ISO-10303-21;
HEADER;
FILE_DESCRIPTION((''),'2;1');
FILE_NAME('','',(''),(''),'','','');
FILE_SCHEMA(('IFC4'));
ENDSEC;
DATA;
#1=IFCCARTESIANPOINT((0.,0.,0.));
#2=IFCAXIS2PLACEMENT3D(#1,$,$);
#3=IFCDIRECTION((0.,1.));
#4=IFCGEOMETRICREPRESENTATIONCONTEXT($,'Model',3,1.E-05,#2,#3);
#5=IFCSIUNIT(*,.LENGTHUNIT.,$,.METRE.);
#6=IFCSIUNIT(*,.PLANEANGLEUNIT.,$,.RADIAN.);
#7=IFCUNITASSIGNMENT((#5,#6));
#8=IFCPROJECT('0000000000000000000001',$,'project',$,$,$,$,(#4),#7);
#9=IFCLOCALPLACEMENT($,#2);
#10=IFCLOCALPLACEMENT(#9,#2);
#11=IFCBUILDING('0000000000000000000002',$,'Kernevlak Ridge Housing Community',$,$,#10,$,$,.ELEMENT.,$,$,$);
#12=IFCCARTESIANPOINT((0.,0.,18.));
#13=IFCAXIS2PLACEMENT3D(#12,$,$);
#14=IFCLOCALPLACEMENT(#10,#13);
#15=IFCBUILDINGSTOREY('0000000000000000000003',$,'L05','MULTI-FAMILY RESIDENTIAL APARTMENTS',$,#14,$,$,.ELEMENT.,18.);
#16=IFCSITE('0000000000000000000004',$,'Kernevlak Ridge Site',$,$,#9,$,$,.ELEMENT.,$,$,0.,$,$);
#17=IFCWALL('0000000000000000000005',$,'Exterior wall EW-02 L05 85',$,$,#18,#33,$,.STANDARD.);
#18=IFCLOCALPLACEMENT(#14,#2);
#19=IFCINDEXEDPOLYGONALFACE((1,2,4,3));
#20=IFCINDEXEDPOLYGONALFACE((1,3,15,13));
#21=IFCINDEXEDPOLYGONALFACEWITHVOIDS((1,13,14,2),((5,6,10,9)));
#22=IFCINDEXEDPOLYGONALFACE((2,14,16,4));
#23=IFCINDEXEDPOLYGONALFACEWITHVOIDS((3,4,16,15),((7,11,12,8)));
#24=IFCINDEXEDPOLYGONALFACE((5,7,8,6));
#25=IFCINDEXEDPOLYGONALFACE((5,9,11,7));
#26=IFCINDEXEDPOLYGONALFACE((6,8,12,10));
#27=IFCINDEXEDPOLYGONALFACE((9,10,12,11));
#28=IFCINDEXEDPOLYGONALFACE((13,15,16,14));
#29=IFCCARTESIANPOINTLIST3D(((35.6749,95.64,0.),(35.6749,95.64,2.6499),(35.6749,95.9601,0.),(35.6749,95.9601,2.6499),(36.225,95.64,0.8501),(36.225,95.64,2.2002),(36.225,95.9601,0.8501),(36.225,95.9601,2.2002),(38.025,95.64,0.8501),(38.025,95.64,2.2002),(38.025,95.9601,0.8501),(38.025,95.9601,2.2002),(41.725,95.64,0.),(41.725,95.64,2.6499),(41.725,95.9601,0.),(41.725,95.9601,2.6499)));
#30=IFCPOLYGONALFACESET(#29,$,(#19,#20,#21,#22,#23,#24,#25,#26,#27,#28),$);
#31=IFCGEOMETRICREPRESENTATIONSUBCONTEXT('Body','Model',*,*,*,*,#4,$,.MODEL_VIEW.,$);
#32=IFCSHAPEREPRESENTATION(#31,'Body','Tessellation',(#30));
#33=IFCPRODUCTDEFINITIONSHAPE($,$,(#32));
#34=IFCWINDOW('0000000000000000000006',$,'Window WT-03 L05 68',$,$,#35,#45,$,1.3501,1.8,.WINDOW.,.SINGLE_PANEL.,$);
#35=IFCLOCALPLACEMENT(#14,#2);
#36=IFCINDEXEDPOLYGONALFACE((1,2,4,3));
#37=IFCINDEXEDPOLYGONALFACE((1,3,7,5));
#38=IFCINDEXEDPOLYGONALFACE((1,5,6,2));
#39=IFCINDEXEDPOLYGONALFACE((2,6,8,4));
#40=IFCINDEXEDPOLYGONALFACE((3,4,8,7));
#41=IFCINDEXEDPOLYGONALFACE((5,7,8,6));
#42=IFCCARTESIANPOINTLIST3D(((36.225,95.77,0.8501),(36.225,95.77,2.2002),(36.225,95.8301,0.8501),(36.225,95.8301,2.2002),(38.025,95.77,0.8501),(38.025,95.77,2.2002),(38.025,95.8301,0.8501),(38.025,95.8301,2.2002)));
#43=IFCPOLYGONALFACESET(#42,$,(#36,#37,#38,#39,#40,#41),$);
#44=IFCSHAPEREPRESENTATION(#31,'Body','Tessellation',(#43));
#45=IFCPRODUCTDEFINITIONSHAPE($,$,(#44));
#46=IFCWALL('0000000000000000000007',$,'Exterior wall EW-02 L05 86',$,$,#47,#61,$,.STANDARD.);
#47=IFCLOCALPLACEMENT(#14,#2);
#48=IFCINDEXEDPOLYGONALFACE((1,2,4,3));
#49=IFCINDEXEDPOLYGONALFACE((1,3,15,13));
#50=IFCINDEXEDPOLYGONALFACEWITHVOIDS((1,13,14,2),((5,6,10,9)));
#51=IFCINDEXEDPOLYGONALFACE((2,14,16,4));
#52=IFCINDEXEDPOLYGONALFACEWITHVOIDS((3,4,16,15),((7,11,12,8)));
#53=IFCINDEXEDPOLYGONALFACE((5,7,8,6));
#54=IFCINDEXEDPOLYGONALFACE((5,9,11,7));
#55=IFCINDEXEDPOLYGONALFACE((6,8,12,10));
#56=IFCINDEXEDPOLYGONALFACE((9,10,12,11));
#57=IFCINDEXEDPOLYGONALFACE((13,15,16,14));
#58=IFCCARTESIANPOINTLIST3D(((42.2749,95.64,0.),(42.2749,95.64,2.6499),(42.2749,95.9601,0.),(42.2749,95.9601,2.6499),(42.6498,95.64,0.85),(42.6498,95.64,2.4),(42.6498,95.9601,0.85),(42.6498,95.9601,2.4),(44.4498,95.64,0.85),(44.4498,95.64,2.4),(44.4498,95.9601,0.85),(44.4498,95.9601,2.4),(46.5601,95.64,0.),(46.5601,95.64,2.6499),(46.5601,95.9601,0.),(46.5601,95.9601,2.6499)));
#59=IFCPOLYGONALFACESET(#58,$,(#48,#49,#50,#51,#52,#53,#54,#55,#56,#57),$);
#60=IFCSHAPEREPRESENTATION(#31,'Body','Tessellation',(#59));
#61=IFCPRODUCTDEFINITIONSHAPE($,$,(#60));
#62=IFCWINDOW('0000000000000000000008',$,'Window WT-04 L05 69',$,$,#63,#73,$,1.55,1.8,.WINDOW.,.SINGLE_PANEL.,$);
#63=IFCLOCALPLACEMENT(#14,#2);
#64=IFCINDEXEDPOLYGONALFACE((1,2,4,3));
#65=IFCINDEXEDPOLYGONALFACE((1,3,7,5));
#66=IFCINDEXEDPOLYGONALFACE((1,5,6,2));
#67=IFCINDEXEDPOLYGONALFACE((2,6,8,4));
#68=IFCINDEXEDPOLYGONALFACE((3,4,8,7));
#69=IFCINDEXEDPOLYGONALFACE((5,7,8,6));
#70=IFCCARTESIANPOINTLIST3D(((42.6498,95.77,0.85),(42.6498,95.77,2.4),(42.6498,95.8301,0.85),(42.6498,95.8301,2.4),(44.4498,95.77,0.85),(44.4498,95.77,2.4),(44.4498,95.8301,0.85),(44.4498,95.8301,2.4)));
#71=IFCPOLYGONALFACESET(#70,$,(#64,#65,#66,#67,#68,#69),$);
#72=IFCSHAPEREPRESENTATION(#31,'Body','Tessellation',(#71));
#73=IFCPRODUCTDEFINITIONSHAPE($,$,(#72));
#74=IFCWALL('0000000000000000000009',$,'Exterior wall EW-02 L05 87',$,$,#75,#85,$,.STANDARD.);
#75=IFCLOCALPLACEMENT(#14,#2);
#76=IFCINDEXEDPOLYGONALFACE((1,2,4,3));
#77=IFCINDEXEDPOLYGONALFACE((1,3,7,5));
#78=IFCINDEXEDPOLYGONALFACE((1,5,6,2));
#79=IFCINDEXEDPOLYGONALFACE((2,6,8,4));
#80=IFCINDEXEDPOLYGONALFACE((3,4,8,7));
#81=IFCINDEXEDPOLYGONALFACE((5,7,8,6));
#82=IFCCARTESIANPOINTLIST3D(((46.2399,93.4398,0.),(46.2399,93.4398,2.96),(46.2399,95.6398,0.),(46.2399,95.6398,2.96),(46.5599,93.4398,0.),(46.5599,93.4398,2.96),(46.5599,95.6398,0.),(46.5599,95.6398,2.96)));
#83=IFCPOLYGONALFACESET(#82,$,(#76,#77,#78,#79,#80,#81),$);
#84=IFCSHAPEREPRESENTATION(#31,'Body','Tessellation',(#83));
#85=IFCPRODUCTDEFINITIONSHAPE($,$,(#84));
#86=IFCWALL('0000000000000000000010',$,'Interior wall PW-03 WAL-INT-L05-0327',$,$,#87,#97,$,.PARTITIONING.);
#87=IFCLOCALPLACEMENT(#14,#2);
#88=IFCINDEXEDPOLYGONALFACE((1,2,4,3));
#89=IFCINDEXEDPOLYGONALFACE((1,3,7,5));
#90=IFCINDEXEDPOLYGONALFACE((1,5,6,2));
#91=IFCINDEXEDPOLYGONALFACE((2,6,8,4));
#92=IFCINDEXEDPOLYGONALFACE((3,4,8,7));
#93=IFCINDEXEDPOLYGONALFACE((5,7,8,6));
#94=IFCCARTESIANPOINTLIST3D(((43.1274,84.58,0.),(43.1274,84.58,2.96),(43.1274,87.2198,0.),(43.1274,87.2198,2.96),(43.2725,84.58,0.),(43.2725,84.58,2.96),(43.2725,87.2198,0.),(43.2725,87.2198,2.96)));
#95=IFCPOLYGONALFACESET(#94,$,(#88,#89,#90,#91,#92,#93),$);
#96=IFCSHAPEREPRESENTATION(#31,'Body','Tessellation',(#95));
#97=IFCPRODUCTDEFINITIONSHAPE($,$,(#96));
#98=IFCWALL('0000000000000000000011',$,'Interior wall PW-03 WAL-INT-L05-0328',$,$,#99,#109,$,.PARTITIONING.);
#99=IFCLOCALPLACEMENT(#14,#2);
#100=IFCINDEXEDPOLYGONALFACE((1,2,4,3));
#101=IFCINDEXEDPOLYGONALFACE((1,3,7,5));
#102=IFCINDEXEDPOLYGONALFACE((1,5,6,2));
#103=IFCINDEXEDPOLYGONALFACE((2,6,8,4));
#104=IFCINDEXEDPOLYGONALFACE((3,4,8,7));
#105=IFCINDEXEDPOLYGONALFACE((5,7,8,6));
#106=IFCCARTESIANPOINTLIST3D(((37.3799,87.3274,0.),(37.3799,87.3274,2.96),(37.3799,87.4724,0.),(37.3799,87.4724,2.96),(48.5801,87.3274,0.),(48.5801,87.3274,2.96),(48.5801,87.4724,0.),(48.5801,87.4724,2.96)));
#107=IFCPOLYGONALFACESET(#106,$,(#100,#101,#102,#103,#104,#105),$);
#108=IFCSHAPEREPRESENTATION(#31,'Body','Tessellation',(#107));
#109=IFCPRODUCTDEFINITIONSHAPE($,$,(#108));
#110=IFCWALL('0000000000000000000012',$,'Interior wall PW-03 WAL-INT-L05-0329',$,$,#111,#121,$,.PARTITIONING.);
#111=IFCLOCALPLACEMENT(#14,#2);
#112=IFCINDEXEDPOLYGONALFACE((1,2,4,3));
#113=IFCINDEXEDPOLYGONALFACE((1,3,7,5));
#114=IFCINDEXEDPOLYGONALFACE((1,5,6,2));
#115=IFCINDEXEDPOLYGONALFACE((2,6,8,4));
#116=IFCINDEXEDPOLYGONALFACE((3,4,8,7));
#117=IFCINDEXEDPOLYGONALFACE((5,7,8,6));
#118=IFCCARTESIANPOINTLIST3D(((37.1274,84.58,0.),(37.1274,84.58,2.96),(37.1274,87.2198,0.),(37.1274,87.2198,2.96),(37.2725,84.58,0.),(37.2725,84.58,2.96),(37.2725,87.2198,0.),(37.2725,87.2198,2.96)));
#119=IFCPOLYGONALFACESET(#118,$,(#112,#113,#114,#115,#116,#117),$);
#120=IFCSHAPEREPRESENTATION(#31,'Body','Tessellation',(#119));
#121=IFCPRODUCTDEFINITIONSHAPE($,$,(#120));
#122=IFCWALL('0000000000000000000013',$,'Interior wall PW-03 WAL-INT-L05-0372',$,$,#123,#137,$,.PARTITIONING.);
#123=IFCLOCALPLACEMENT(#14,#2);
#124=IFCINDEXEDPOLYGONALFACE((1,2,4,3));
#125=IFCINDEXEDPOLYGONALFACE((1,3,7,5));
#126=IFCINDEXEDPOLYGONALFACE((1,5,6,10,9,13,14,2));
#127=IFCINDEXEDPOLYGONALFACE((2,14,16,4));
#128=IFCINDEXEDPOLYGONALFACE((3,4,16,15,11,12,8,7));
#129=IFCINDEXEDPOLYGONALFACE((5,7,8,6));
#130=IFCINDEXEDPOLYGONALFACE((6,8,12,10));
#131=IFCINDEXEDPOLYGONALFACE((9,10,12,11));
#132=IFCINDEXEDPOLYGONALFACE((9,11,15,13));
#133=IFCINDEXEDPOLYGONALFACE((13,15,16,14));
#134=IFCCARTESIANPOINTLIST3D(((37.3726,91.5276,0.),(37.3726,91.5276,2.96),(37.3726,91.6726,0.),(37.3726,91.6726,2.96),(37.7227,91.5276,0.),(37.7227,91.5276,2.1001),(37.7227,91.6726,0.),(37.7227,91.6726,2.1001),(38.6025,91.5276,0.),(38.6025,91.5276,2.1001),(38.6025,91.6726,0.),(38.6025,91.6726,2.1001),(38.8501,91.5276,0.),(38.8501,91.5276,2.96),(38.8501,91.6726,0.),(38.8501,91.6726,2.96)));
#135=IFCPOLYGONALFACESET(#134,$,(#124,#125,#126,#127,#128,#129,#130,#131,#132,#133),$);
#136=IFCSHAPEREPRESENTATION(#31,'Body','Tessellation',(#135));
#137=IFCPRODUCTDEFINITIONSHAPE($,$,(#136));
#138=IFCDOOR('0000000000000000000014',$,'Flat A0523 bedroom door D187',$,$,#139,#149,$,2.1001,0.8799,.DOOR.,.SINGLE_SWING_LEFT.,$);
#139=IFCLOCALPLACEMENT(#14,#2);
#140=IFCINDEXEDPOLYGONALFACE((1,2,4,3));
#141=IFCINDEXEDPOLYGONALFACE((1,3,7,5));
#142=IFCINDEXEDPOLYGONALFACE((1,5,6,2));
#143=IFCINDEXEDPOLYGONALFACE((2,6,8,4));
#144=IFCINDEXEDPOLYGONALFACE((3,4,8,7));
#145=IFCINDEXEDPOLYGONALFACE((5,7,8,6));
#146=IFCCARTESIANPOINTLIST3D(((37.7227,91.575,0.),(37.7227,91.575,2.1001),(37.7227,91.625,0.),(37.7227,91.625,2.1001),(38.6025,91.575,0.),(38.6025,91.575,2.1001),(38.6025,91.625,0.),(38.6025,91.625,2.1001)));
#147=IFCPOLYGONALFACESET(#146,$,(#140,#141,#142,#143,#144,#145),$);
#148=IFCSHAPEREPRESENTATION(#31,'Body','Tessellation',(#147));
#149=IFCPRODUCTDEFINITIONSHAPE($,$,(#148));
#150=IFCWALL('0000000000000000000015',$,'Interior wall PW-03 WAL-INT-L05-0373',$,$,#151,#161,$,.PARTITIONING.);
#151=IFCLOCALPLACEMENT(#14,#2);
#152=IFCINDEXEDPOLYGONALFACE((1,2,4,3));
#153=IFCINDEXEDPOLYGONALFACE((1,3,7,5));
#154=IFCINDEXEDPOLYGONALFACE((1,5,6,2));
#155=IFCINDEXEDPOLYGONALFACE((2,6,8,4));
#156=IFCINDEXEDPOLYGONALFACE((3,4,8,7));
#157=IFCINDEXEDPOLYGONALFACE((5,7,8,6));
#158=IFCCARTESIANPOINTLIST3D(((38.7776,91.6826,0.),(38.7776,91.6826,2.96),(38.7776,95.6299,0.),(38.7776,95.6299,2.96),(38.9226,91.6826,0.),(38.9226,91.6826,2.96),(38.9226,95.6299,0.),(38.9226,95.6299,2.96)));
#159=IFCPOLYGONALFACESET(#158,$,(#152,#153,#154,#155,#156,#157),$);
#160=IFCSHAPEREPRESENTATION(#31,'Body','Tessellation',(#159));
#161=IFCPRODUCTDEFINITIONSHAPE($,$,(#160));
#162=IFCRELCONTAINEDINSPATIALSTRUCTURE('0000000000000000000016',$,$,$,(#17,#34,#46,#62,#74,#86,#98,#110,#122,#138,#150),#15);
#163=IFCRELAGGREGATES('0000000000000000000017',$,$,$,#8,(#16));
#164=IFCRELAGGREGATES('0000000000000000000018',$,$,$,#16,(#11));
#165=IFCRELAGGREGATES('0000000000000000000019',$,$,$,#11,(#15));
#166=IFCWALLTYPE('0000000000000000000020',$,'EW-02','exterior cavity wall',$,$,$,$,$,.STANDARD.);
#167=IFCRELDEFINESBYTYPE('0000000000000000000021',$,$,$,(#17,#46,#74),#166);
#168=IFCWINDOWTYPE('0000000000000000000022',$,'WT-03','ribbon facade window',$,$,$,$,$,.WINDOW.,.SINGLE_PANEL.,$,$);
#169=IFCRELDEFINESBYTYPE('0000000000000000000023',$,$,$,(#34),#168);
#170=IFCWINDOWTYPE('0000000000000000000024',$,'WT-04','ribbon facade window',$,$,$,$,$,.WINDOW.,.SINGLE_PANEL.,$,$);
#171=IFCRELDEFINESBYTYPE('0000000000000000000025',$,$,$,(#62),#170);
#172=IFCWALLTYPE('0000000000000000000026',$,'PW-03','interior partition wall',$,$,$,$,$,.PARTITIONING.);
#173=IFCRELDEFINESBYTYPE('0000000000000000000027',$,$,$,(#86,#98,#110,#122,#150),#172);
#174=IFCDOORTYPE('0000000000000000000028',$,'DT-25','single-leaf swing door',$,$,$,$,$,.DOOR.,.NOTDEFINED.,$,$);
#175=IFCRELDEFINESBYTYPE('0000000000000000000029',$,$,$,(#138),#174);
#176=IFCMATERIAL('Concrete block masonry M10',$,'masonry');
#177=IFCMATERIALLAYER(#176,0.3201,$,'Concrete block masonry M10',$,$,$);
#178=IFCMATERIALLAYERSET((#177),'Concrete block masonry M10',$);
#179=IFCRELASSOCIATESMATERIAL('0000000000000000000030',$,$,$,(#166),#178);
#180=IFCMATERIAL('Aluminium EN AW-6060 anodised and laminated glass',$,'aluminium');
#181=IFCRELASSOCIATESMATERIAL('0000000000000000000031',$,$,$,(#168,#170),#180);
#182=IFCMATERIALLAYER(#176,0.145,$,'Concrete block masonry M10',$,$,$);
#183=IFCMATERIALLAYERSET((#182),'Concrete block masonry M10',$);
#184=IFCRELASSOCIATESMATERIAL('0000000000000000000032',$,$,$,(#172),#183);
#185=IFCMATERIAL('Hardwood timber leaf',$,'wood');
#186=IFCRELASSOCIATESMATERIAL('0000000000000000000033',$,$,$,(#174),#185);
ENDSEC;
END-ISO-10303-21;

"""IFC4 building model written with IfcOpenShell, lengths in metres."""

from ifc_helpers import new_model, si_unit, direction, frame, frame_2d, origin, place, context, subcontext, project, spatial, rectangle, extrude, material, layer, layer_set, type_object, element, fill, save


model = new_model("IFC4")

# Units and contexts
model_context = context("Model", 3, precision=1e-05, world=origin(), true_north=direction((0.0, 1.0)))
body_context = subcontext(model_context, "Body", "Model", "MODEL_VIEW")
ifc_project = project(units=[si_unit("LENGTHUNIT", "METRE"), si_unit("PLANEANGLEUNIT", "RADIAN")], contexts=[model_context])

# Site, building, storey
site_placement = place(None, origin())
site = spatial("IfcSite", under=ifc_project, at=site_placement, Name="Kernevlak Ridge Site", CompositionType="ELEMENT", RefElevation=0.0)
building_placement = place(site_placement, origin())
building = spatial("IfcBuilding", under=site, at=building_placement, Name="Kernevlak Ridge Housing Community", CompositionType="ELEMENT")
storey_placement = place(building_placement, frame((0.0, 0.0, 18.0)))
storey = spatial("IfcBuildingStorey", under=building, at=storey_placement, Name="L05", Description="MULTI-FAMILY RESIDENTIAL APARTMENTS", CompositionType="ELEMENT", Elevation=18.0)

# Shared definitions
ifc_material_1 = material(Name="Aluminium EN AW-6060 anodised and laminated glass", Category="aluminium")

# Walls, openings, windows
ifc_material_2 = material(Name="Concrete block masonry M10", Category="masonry")
ifc_layer_1 = layer(ifc_material_2, 0.3201, Name="Concrete block masonry M10")
ifc_layer_set_1 = layer_set([ifc_layer_1], Name="Concrete block masonry M10")
wall_type_1 = type_object("IfcWallType", Name="EW-02", Description="exterior cavity wall", PredefinedType="STANDARD", material=ifc_layer_set_1)
wall_1_placement = place(storey_placement, frame((35.675, 95.8, 0.0), z_axis=(0.0, 0.0, 1.0), x_axis=(1.0, 0.0, 0.0)))
wall_1 = element("IfcWall", 1, at=wall_1_placement, inside=storey, type_object=wall_type_1, Name="Exterior wall EW-02 L05 85", PredefinedType="STANDARD", context=body_context, shape_type="SweptSolid", body=[
    extrude(rectangle(XDim=6.05, YDim=0.3201, at=frame_2d((3.0249, 0.0))), origin(), (0.0, 0.0, 1.0), 2.6499),
])
opening_1_placement = place(wall_1_placement, frame((0.55, 0.0, 0.8501)))
opening_1 = element("IfcOpeningElement", 2, at=opening_1_placement, cuts=wall_1, PredefinedType="OPENING", context=body_context, shape_type="SweptSolid", body=[
    extrude(rectangle(XDim=1.8, YDim=1.3501, at=frame_2d((0.8999, 0.675))), frame((0.0, 0.1699, 0.0), z_axis=(0.0, -1.0, 0.0), x_axis=(1.0, 0.0, 0.0)), (0.0, 0.0, 1.0), 0.3401),
])
window_type_1 = type_object("IfcWindowType", Name="WT-03", Description="ribbon facade window", PartitioningType="SINGLE_PANEL", PredefinedType="WINDOW", material=ifc_material_1)
window_1_placement = place(opening_1_placement, origin())
window_1 = element("IfcWindow", 3, at=window_1_placement, inside=storey, type_object=window_type_1, Name="Window WT-03 L05 68", OverallHeight=1.3501, OverallWidth=1.8, PartitioningType="SINGLE_PANEL", PredefinedType="WINDOW", context=body_context, shape_type="SweptSolid", body=[
    extrude(rectangle(XDim=1.8, YDim=1.3501, at=frame_2d((0.8999, 0.675))), frame((0.0, 0.03, 0.0), z_axis=(0.0, -1.0, 0.0), x_axis=(1.0, 0.0, 0.0)), (0.0, 0.0, 1.0), 0.0601),
])
fill(opening_1, window_1)
wall_2_placement = place(storey_placement, frame((42.2749, 95.8, 0.0), z_axis=(0.0, 0.0, 1.0), x_axis=(1.0, 0.0, 0.0)))
wall_2 = element("IfcWall", 4, at=wall_2_placement, inside=storey, type_object=wall_type_1, Name="Exterior wall EW-02 L05 86", PredefinedType="STANDARD", context=body_context, shape_type="SweptSolid", body=[
    extrude(rectangle(XDim=4.2852, YDim=0.3201, at=frame_2d((2.1426, 0.0))), origin(), (0.0, 0.0, 1.0), 2.6499),
])
opening_2_placement = place(wall_2_placement, frame((0.375, 0.0, 0.8501)))
opening_2 = element("IfcOpeningElement", 5, at=opening_2_placement, cuts=wall_2, PredefinedType="OPENING", context=body_context, shape_type="SweptSolid", body=[
    extrude(rectangle(XDim=1.8, YDim=1.55, at=frame_2d((0.8999, 0.7749))), frame((0.0, 0.1699, 0.0), z_axis=(0.0, -1.0, 0.0), x_axis=(1.0, 0.0, 0.0)), (0.0, 0.0, 1.0), 0.3401),
])
window_type_2 = type_object("IfcWindowType", Name="WT-04", Description="ribbon facade window", PartitioningType="SINGLE_PANEL", PredefinedType="WINDOW", material=ifc_material_1)
window_2_placement = place(opening_2_placement, origin())
window_2 = element("IfcWindow", 6, at=window_2_placement, inside=storey, type_object=window_type_2, Name="Window WT-04 L05 69", OverallHeight=1.55, OverallWidth=1.8, PartitioningType="SINGLE_PANEL", PredefinedType="WINDOW", context=body_context, shape_type="SweptSolid", body=[
    extrude(rectangle(XDim=1.8, YDim=1.55, at=frame_2d((0.8999, 0.7749))), frame((0.0, 0.03, 0.0), z_axis=(0.0, -1.0, 0.0), x_axis=(1.0, 0.0, 0.0)), (0.0, 0.0, 1.0), 0.0601),
])
fill(opening_2, window_2)

# Wall
wall_3_placement = place(storey_placement, frame((46.3999, 95.6399, 0.0), z_axis=(0.0, 0.0, 1.0), x_axis=(0.0, -1.0, 0.0)))
element("IfcWall", 7, at=wall_3_placement, inside=storey, type_object=wall_type_1, Name="Exterior wall EW-02 L05 87", PredefinedType="STANDARD", context=body_context, shape_type="SweptSolid", body=[
    extrude(rectangle(XDim=2.2, YDim=0.3201, at=frame_2d((1.1001, 0.0))), origin(), (0.0, 0.0, 1.0), 2.96),
])

# Walls
ifc_layer_2 = layer(ifc_material_2, 0.145, Name="Concrete block masonry M10")
ifc_layer_set_2 = layer_set([ifc_layer_2], Name="Concrete block masonry M10")
wall_type_2 = type_object("IfcWallType", Name="PW-03", Description="interior partition wall", PredefinedType="PARTITIONING", material=ifc_layer_set_2)
wall_4_placement = place(storey_placement, frame((43.2, 84.5801, 0.0), z_axis=(0.0, 0.0, 1.0), x_axis=(0.0, 1.0, 0.0)))
element("IfcWall", 8, at=wall_4_placement, inside=storey, type_object=wall_type_2, Name="Interior wall PW-03 WAL-INT-L05-0327", PredefinedType="PARTITIONING", context=body_context, shape_type="SweptSolid", body=[
    extrude(rectangle(XDim=2.6399, YDim=0.145, at=frame_2d((1.3198, 0.0))), origin(), (0.0, 0.0, 1.0), 2.96),
])
wall_5_placement = place(storey_placement, frame((37.3799, 87.3999, 0.0), z_axis=(0.0, 0.0, 1.0), x_axis=(1.0, 0.0, 0.0)))
element("IfcWall", 9, at=wall_5_placement, inside=storey, type_object=wall_type_2, Name="Interior wall PW-03 WAL-INT-L05-0328", PredefinedType="PARTITIONING", context=body_context, shape_type="SweptSolid", body=[
    extrude(rectangle(XDim=11.2002, YDim=0.145, at=frame_2d((5.6001, 0.0))), origin(), (0.0, 0.0, 1.0), 2.96),
])
wall_6_placement = place(storey_placement, frame((37.2, 84.5801, 0.0), z_axis=(0.0, 0.0, 1.0), x_axis=(0.0, 1.0, 0.0)))
element("IfcWall", 10, at=wall_6_placement, inside=storey, type_object=wall_type_2, Name="Interior wall PW-03 WAL-INT-L05-0329", PredefinedType="PARTITIONING", context=body_context, shape_type="SweptSolid", body=[
    extrude(rectangle(XDim=2.6399, YDim=0.145, at=frame_2d((1.3198, 0.0))), origin(), (0.0, 0.0, 1.0), 2.96),
])

# Wall, opening, door
wall_7_placement = place(storey_placement, frame((37.3726, 91.6001, 0.0), z_axis=(0.0, 0.0, 1.0), x_axis=(1.0, 0.0, 0.0)))
wall_7 = element("IfcWall", 11, at=wall_7_placement, inside=storey, type_object=wall_type_2, Name="Interior wall PW-03 WAL-INT-L05-0372", PredefinedType="PARTITIONING", context=body_context, shape_type="SweptSolid", body=[
    extrude(rectangle(XDim=1.4775, YDim=0.145, at=frame_2d((0.7388, 0.0))), origin(), (0.0, 0.0, 1.0), 2.96),
])
opening_3_placement = place(wall_7_placement, frame((0.3501, 0.0, 0.0)))
opening_3 = element("IfcOpeningElement", 12, at=opening_3_placement, cuts=wall_7, PredefinedType="OPENING", context=body_context, shape_type="SweptSolid", body=[
    extrude(rectangle(XDim=0.8799, YDim=2.1001, at=frame_2d((0.4399, 1.05))), frame((0.0, 0.0825, 0.0), z_axis=(0.0, -1.0, 0.0), x_axis=(1.0, 0.0, 0.0)), (0.0, 0.0, 1.0), 0.165),
])
ifc_material_3 = material(Name="Hardwood timber leaf", Category="wood")
door_type_1 = type_object("IfcDoorType", Name="DT-25", Description="single-leaf swing door", OperationType="NOTDEFINED", PredefinedType="DOOR", material=ifc_material_3)
door_1_placement = place(opening_3_placement, origin())
door_1 = element("IfcDoor", 13, at=door_1_placement, inside=storey, type_object=door_type_1, Name="Flat A0523 bedroom door D187", OperationType="SINGLE_SWING_LEFT", OverallHeight=2.1001, OverallWidth=0.8799, PredefinedType="DOOR", context=body_context, shape_type="SweptSolid", body=[
    extrude(rectangle(XDim=0.8799, YDim=2.1001, at=frame_2d((0.4399, 1.05))), frame((0.0, 0.0249, 0.0), z_axis=(0.0, -1.0, 0.0), x_axis=(1.0, 0.0, 0.0)), (0.0, 0.0, 1.0), 0.05),
])
fill(opening_3, door_1)

# Wall
wall_8_placement = place(storey_placement, frame((38.8501, 91.6826, 0.0), z_axis=(0.0, 0.0, 1.0), x_axis=(0.0, 1.0, 0.0)))
element("IfcWall", 14, at=wall_8_placement, inside=storey, type_object=wall_type_2, Name="Interior wall PW-03 WAL-INT-L05-0373", PredefinedType="PARTITIONING", context=body_context, shape_type="SweptSolid", body=[
    extrude(rectangle(XDim=3.9473, YDim=0.145, at=frame_2d((1.9736, 0.0))), origin(), (0.0, 0.0, 1.0), 2.96),
])

save(model, "model.ifc")
